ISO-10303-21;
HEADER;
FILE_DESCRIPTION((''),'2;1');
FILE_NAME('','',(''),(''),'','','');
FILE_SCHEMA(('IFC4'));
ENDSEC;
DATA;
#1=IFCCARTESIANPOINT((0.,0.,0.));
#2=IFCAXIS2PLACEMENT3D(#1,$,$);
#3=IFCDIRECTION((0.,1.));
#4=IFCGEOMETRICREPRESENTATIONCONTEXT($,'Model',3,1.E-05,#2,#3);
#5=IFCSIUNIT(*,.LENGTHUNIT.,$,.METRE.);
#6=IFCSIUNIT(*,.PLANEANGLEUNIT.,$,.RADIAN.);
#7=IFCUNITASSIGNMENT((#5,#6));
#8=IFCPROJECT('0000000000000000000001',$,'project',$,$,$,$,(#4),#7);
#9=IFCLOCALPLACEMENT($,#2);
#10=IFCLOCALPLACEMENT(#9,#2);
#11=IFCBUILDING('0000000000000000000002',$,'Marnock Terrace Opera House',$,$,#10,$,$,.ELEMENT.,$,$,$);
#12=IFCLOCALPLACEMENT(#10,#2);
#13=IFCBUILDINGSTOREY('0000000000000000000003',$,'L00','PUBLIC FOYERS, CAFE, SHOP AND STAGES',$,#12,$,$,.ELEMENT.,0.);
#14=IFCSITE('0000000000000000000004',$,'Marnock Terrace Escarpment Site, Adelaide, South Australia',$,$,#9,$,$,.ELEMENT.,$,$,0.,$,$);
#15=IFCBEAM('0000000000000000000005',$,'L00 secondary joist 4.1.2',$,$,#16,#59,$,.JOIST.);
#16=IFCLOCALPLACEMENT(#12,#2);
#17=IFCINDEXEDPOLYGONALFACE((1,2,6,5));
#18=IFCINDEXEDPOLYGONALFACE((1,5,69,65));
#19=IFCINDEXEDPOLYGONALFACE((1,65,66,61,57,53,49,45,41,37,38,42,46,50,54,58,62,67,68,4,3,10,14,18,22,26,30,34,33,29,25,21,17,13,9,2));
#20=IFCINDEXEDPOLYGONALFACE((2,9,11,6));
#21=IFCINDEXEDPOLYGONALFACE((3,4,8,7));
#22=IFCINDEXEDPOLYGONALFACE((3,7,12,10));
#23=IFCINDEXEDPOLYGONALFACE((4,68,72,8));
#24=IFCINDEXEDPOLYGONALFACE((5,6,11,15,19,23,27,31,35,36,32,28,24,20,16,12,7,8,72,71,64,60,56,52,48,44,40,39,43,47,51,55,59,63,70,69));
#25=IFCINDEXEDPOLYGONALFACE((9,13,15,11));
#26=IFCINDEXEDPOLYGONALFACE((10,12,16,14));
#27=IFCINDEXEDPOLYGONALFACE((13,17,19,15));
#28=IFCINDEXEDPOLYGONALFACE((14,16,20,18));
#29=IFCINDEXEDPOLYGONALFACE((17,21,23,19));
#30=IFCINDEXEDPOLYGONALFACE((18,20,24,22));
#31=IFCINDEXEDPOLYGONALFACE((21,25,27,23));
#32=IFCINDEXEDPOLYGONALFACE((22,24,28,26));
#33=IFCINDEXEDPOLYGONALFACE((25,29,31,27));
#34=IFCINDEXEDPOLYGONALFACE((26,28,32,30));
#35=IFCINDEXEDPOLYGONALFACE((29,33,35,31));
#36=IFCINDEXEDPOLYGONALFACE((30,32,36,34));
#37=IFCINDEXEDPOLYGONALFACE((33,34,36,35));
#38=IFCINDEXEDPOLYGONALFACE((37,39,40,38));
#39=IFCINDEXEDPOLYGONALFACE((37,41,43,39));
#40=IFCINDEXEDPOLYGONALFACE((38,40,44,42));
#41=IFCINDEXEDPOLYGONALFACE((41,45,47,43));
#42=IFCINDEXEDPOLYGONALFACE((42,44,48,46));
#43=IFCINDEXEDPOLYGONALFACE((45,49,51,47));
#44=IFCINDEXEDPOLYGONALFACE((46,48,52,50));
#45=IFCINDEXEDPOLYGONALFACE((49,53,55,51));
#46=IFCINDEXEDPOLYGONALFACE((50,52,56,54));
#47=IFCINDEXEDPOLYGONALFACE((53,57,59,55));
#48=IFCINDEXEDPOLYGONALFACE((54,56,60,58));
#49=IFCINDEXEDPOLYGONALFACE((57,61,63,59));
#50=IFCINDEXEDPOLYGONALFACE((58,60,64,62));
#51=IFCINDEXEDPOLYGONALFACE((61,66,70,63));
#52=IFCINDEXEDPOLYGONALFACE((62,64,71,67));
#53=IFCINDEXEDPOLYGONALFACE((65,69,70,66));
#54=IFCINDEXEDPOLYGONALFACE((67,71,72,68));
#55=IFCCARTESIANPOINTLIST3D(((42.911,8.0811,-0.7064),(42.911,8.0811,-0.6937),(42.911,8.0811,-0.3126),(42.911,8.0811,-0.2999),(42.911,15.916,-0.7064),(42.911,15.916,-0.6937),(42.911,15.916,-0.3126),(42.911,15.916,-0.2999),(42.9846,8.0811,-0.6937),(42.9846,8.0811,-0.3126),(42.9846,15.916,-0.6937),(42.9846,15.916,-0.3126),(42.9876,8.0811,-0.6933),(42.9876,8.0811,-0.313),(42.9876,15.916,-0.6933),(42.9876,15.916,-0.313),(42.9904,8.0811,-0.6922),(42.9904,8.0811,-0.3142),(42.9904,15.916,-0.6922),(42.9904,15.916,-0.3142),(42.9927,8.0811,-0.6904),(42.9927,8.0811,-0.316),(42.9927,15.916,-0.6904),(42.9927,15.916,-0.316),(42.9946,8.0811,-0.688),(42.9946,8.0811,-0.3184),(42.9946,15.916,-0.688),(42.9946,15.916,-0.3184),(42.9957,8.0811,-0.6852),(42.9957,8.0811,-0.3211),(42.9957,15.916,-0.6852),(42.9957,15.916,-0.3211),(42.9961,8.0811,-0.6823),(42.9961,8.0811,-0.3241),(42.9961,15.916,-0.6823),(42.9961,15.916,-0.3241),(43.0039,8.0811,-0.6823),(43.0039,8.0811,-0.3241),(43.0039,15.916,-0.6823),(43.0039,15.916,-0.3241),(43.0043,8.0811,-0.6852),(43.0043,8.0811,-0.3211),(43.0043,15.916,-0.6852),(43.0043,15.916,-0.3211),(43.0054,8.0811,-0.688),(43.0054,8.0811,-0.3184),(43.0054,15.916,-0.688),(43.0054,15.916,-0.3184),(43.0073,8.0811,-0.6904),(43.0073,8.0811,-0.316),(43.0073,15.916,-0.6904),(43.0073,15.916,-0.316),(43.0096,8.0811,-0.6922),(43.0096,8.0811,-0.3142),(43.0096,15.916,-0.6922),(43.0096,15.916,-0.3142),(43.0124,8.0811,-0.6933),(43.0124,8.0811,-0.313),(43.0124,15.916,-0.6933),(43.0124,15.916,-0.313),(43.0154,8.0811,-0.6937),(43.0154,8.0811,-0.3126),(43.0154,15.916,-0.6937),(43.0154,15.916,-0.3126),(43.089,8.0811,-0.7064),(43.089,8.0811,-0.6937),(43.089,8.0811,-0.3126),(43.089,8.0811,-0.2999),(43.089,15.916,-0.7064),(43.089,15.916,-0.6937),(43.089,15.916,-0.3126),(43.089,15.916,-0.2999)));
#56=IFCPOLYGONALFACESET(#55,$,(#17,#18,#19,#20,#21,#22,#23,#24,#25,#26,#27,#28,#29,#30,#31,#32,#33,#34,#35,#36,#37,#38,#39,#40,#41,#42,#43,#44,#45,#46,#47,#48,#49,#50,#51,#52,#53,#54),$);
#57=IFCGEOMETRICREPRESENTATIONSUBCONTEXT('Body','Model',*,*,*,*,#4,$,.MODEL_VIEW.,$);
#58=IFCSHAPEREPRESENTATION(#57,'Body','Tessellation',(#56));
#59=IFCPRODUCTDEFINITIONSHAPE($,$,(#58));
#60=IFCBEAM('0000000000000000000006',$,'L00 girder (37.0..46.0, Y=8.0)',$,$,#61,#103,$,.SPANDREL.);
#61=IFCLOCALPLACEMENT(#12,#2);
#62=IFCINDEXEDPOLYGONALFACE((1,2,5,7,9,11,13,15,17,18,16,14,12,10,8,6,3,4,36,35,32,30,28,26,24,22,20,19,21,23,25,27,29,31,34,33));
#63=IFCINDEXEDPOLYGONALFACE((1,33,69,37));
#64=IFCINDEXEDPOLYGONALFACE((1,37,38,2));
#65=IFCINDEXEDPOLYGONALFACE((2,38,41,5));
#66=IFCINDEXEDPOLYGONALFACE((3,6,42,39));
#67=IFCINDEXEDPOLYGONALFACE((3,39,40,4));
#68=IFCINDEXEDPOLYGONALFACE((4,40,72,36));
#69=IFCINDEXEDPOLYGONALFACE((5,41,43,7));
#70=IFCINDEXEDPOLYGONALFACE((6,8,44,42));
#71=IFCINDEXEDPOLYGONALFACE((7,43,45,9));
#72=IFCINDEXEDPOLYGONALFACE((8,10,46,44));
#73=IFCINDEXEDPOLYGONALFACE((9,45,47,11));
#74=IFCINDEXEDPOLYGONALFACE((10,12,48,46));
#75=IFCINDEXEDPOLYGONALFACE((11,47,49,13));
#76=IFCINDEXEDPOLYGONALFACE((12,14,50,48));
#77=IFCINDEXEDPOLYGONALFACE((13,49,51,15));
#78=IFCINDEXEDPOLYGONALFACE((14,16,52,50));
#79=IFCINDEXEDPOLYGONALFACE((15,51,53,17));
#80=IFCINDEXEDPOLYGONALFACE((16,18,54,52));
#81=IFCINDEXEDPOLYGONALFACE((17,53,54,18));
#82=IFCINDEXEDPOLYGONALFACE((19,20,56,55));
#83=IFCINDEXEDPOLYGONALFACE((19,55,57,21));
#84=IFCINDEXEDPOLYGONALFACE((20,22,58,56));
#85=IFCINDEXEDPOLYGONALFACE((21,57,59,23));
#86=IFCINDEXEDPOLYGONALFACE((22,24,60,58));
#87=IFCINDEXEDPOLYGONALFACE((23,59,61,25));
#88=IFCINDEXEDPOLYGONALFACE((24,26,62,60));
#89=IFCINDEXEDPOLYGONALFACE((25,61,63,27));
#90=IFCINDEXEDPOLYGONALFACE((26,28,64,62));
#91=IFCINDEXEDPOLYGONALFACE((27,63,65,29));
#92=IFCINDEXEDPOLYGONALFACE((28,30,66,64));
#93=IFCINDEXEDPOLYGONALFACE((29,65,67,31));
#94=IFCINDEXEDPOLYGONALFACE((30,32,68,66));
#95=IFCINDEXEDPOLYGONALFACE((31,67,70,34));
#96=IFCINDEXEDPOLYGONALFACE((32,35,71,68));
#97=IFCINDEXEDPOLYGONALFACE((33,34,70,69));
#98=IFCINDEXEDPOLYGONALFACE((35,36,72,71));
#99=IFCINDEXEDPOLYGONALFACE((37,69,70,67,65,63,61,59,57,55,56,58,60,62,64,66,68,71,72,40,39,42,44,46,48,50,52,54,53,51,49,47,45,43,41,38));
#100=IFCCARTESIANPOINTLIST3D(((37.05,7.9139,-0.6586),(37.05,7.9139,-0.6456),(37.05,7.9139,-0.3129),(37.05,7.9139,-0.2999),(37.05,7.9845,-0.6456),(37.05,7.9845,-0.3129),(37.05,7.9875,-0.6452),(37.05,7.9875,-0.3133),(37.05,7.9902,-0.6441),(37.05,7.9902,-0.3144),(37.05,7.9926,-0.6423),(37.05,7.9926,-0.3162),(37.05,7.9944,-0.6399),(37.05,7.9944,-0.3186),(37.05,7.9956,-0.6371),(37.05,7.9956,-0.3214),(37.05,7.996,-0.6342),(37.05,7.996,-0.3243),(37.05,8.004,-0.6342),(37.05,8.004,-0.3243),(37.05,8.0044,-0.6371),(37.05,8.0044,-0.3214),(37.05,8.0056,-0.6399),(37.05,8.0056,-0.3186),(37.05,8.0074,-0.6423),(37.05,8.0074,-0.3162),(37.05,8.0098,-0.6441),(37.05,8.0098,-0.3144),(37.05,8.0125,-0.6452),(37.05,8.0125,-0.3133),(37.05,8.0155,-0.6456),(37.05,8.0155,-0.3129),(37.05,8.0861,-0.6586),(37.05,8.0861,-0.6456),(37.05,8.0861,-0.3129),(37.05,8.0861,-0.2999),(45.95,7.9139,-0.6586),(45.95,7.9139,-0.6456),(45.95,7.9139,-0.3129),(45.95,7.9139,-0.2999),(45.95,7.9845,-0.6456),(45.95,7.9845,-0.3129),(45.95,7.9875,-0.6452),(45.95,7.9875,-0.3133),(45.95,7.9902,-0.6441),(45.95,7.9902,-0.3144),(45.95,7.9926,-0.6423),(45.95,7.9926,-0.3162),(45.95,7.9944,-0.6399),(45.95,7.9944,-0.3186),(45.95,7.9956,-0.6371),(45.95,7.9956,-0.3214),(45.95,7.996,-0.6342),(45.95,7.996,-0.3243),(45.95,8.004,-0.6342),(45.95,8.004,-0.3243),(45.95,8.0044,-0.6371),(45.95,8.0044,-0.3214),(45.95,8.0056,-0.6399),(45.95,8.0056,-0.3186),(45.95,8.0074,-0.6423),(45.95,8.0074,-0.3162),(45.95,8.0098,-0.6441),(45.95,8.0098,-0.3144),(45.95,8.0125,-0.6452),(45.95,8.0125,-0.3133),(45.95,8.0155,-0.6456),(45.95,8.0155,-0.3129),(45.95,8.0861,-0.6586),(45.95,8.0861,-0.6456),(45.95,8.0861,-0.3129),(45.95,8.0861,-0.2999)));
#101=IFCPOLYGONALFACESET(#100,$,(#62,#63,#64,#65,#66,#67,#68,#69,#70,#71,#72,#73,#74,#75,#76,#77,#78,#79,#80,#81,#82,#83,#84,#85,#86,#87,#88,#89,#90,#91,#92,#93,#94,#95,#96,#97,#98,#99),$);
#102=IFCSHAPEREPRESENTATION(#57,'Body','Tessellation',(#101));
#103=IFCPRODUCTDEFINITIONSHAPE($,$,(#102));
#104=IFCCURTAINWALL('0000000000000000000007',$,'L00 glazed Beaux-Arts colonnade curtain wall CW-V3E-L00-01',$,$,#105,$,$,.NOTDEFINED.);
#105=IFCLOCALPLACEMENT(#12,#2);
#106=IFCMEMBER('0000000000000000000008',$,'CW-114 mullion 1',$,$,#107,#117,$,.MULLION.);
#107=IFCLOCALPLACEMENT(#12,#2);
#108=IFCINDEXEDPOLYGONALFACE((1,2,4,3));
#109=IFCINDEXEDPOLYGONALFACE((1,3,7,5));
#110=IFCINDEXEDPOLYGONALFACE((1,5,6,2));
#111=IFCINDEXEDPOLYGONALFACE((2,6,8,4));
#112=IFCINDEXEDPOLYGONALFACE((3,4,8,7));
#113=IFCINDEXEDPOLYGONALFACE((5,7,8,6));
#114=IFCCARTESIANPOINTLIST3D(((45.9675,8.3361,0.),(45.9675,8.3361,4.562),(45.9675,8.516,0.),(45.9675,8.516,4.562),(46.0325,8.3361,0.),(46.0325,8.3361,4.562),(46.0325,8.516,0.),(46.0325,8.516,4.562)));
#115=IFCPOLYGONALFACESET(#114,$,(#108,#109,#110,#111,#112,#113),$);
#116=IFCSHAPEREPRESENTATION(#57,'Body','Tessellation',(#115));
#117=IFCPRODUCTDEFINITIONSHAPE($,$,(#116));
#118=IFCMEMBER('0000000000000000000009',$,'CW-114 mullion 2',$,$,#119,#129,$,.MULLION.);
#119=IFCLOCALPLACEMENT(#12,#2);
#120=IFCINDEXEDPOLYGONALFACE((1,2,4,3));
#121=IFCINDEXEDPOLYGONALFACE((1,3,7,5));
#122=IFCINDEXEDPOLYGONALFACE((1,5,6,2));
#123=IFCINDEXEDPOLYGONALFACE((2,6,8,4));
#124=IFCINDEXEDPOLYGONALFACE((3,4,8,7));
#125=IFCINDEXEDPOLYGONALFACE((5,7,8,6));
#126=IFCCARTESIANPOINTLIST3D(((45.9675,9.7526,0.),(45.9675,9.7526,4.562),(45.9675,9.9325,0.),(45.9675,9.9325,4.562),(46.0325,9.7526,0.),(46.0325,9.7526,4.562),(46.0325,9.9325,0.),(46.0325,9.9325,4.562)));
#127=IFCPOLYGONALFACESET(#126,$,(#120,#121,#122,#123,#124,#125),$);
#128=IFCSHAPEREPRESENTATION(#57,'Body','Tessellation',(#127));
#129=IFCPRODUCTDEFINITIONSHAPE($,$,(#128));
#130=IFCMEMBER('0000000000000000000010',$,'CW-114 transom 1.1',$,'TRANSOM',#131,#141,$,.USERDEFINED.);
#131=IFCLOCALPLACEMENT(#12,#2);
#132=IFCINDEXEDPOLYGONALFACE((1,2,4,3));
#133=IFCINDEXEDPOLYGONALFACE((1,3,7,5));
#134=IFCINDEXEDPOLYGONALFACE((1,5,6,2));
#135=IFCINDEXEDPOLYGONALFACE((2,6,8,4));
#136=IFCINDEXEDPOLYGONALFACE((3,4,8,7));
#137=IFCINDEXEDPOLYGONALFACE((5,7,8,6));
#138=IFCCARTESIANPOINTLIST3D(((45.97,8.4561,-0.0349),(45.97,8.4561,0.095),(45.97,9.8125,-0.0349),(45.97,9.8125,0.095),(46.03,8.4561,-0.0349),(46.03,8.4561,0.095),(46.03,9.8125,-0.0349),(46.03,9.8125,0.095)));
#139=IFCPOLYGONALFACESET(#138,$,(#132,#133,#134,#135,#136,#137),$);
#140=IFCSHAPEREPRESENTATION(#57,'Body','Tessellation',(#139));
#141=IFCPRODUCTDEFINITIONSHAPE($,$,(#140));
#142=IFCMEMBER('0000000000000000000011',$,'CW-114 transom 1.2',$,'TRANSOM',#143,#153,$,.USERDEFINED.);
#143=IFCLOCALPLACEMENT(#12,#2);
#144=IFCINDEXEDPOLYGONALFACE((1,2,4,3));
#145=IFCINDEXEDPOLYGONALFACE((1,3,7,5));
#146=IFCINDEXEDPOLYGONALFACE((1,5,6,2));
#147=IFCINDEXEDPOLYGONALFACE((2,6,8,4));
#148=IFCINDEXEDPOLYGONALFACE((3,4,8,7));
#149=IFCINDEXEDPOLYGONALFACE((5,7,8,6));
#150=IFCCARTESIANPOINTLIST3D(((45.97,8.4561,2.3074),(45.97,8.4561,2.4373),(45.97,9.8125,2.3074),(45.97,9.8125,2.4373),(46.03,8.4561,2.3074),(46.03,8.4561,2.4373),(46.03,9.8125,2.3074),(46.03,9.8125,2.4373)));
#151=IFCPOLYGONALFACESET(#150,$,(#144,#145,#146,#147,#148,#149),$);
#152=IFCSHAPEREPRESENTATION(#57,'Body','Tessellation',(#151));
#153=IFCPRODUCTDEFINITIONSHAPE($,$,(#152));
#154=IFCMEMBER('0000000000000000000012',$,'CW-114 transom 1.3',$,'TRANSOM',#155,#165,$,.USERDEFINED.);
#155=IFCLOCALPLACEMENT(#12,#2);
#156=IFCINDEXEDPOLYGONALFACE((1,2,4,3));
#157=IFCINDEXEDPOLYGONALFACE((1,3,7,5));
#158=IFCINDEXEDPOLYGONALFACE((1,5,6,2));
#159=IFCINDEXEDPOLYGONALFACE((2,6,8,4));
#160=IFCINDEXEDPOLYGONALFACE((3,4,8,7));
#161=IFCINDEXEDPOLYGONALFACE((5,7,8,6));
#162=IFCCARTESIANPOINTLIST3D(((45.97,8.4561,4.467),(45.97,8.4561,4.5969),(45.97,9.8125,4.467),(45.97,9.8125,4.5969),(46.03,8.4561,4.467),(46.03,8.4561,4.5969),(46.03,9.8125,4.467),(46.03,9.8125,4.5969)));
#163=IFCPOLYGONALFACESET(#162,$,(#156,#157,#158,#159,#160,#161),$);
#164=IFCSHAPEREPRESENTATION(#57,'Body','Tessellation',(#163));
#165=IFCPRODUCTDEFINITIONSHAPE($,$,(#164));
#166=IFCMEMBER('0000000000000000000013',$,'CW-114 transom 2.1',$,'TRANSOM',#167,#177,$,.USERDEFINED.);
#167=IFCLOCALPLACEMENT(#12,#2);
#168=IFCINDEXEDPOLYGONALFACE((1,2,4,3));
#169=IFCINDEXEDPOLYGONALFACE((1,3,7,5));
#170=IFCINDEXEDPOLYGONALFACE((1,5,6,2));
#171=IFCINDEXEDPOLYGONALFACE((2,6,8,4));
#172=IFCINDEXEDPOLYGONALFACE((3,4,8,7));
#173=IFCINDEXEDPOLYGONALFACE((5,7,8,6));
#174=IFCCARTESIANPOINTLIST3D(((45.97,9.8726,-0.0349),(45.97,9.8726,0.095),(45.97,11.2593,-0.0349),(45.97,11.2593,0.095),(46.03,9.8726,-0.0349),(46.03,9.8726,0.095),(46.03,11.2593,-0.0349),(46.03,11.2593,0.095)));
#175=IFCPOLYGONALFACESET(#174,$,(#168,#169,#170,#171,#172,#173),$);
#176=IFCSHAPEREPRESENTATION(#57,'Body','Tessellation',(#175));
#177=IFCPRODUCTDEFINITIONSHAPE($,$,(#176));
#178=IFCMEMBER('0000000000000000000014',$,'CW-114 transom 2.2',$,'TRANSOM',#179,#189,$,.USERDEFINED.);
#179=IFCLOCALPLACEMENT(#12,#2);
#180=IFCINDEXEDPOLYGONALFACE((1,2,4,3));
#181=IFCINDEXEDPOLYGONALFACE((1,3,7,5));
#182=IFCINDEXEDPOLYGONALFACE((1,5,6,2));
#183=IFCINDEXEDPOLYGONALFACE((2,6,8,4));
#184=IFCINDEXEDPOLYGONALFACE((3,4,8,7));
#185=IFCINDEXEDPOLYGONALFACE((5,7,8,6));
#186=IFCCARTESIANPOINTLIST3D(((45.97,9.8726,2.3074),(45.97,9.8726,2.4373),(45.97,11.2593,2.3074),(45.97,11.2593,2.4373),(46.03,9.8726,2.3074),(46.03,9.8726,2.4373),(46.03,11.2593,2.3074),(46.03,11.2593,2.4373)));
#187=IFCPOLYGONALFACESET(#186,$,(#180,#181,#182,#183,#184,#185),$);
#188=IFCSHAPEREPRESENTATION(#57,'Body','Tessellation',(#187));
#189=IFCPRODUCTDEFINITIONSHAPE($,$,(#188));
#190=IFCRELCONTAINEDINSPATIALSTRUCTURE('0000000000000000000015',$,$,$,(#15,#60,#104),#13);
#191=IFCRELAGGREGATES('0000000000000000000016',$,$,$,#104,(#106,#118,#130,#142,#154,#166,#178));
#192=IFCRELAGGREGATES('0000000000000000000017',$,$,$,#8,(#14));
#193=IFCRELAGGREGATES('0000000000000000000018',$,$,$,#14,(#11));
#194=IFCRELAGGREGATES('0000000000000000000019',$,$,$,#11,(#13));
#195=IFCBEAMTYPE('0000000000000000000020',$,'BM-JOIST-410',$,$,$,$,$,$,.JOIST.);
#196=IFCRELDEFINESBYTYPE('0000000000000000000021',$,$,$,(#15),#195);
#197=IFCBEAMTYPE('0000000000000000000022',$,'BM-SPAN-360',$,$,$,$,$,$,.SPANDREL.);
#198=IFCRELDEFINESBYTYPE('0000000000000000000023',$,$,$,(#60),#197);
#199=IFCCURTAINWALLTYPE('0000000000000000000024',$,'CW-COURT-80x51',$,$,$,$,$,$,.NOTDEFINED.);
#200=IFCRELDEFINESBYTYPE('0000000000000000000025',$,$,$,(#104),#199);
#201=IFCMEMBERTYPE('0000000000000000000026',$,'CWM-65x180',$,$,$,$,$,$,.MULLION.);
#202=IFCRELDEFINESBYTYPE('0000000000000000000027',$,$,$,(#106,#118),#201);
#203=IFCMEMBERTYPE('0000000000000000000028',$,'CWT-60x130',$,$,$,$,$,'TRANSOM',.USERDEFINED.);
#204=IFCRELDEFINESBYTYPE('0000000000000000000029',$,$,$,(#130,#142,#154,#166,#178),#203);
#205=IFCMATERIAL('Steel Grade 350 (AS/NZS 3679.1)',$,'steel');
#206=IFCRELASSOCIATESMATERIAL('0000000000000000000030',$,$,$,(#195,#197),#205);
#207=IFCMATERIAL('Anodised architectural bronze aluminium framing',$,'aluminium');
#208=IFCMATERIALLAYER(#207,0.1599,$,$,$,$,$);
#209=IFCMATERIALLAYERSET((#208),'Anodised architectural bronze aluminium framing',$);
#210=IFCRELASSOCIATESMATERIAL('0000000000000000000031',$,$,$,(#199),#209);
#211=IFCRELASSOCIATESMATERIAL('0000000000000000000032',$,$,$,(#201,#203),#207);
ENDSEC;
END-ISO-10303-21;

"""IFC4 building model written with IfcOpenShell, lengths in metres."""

from ifc_helpers import new_model, si_unit, direction, frame, origin, origin_2d, place, context, subcontext, project, spatial, rectangle, i_section, extrude, material, layer, layer_set, material_profile, profile_set, type_object, element, aggregate, save


model = new_model("IFC4")

# Units and contexts
model_context = context("Model", 3, precision=1e-05, world=origin(), true_north=direction((0.0, 1.0)))
body_context = subcontext(model_context, "Body", "Model", "MODEL_VIEW")
ifc_project = project(units=[si_unit("LENGTHUNIT", "METRE"), si_unit("PLANEANGLEUNIT", "RADIAN")], contexts=[model_context])

# Site, building, storey
site_placement = place(None, origin())
site = spatial("IfcSite", under=ifc_project, at=site_placement, Name="Marnock Terrace Escarpment Site, Adelaide, South Australia", CompositionType="ELEMENT", RefElevation=0.0)
building_placement = place(site_placement, origin())
building = spatial("IfcBuilding", under=site, at=building_placement, Name="Marnock Terrace Opera House", CompositionType="ELEMENT")
storey_placement = place(building_placement, origin())
storey = spatial("IfcBuildingStorey", under=building, at=storey_placement, Name="L00", Description="PUBLIC FOYERS, CAFE, SHOP AND STAGES", CompositionType="ELEMENT", Elevation=0.0)

# Beams
ifc_material_1 = material(Name="Steel Grade 350 (AS/NZS 3679.1)", Category="steel")
ifc_material_profile_1 = material_profile(ifc_material_1, i_section(OverallWidth=0.178, OverallDepth=0.4065, WebThickness=0.0078, FlangeThickness=0.0127, FilletRadius=0.0115, at=origin_2d()))
ifc_profile_set_1 = profile_set([ifc_material_profile_1], Name="Steel Grade 350 (AS/NZS 3679.1)")
beam_type_1 = type_object("IfcBeamType", Name="BM-JOIST-410", PredefinedType="JOIST", material=ifc_profile_set_1)
for number, where, z_axis, x_axis, name in (
    (1, (43.0, 8.0811, -0.5032), (0.0, 1.0, 0.0), (-1.0, 0.0, 0.0), "L00 secondary joist 4.1.2"),
):
    element("IfcBeam", number, at=place(storey_placement, frame(where, z_axis=z_axis, x_axis=x_axis)), inside=storey, type_object=beam_type_1, Name=name, PredefinedType="JOIST", context=body_context, shape_type="SweptSolid", body=[
        extrude(i_section(OverallWidth=0.178, OverallDepth=0.4065, WebThickness=0.0078, FlangeThickness=0.0127, FilletRadius=0.0115, at=origin_2d()), origin(), (0.0, 0.0, 1.0), 7.835),
    ])
ifc_material_profile_2 = material_profile(ifc_material_1, i_section(OverallWidth=0.1721, OverallDepth=0.3586, WebThickness=0.0081, FlangeThickness=0.0129, FilletRadius=0.0115, at=origin_2d()))
ifc_profile_set_2 = profile_set([ifc_material_profile_2], Name="Steel Grade 350 (AS/NZS 3679.1)")
beam_type_2 = type_object("IfcBeamType", Name="BM-SPAN-360", PredefinedType="SPANDREL", material=ifc_profile_set_2)
beam_1_placement = place(storey_placement, frame((37.05, 8.0, -0.4792), z_axis=(1.0, 0.0, 0.0), x_axis=(0.0, 1.0, 0.0)))
element("IfcBeam", 2, at=beam_1_placement, inside=storey, type_object=beam_type_2, Name="L00 girder (37.0..46.0, Y=8.0)", PredefinedType="SPANDREL", context=body_context, shape_type="SweptSolid", body=[
    extrude(i_section(OverallWidth=0.1721, OverallDepth=0.3586, WebThickness=0.0081, FlangeThickness=0.0129, FilletRadius=0.0115, at=origin_2d()), origin(), (0.0, 0.0, 1.0), 8.8999),
])

# Curtain wall, members
ifc_material_2 = material(Name="Anodised architectural bronze aluminium framing", Category="aluminium")
ifc_layer_1 = layer(ifc_material_2, 0.1599)
ifc_layer_set_1 = layer_set([ifc_layer_1], Name="Anodised architectural bronze aluminium framing")
curtain_wall_type = type_object("IfcCurtainWallType", Name="CW-COURT-80x51", PredefinedType="NOTDEFINED", material=ifc_layer_set_1)
curtain_wall_placement = place(storey_placement, origin())
curtain_wall = element("IfcCurtainWall", 3, at=curtain_wall_placement, inside=storey, type_object=curtain_wall_type, Name="L00 glazed Beaux-Arts colonnade curtain wall CW-V3E-L00-01", PredefinedType="NOTDEFINED")
ifc_material_profile_3 = material_profile(ifc_material_2, rectangle(XDim=0.0649, YDim=0.1799, at=origin_2d()))
ifc_profile_set_3 = profile_set([ifc_material_profile_3], Name="Anodised architectural bronze aluminium framing")
member_type_1 = type_object("IfcMemberType", Name="CWM-65x180", PredefinedType="MULLION", material=ifc_profile_set_3)
member_1_placement = place(storey_placement, frame((46.0, 8.426, 0.0), z_axis=(0.0, 0.0, 1.0), x_axis=(-1.0, 0.0, 0.0)))
member_1 = element("IfcMember", 4, at=member_1_placement, type_object=member_type_1, Name="CW-114 mullion 1", PredefinedType="MULLION", context=body_context, shape_type="SweptSolid", body=[
    extrude(rectangle(XDim=0.0649, YDim=0.1799, at=origin_2d()), origin(), (0.0, 0.0, 1.0), 4.562),
])
member_2_placement = place(storey_placement, frame((46.0, 9.8425, 0.0), z_axis=(0.0, 0.0, 1.0), x_axis=(-1.0, 0.0, 0.0)))
member_2 = element("IfcMember", 5, at=member_2_placement, type_object=member_type_1, Name="CW-114 mullion 2", PredefinedType="MULLION", context=body_context, shape_type="SweptSolid", body=[
    extrude(rectangle(XDim=0.0649, YDim=0.1799, at=origin_2d()), origin(), (0.0, 0.0, 1.0), 4.562),
])
ifc_material_profile_4 = material_profile(ifc_material_2, rectangle(XDim=0.0601, YDim=0.1299, at=origin_2d()))
ifc_profile_set_4 = profile_set([ifc_material_profile_4], Name="Anodised architectural bronze aluminium framing")
member_type_2 = type_object("IfcMemberType", Name="CWT-60x130", ElementType="TRANSOM", PredefinedType="USERDEFINED", material=ifc_profile_set_4)
member_3_placement = place(storey_placement, frame((46.0, 8.4561, 0.03), z_axis=(0.0, 1.0, 0.0), x_axis=(-1.0, 0.0, 0.0)))
member_3 = element("IfcMember", 6, at=member_3_placement, type_object=member_type_2, Name="CW-114 transom 1.1", ObjectType="TRANSOM", PredefinedType="USERDEFINED", context=body_context, shape_type="SweptSolid", body=[
    extrude(rectangle(XDim=0.0601, YDim=0.1299, at=origin_2d()), origin(), (0.0, 0.0, 1.0), 1.3564),
])
member_4_placement = place(storey_placement, frame((46.0, 8.4561, 2.3723), z_axis=(0.0, 1.0, 0.0), x_axis=(-1.0, 0.0, 0.0)))
member_4 = element("IfcMember", 7, at=member_4_placement, type_object=member_type_2, Name="CW-114 transom 1.2", ObjectType="TRANSOM", PredefinedType="USERDEFINED", context=body_context, shape_type="SweptSolid", body=[
    extrude(rectangle(XDim=0.0601, YDim=0.1299, at=origin_2d()), origin(), (0.0, 0.0, 1.0), 1.3564),
])
member_5_placement = place(storey_placement, frame((46.0, 8.4561, 4.532), z_axis=(0.0, 1.0, 0.0), x_axis=(-1.0, 0.0, 0.0)))
member_5 = element("IfcMember", 8, at=member_5_placement, type_object=member_type_2, Name="CW-114 transom 1.3", ObjectType="TRANSOM", PredefinedType="USERDEFINED", context=body_context, shape_type="SweptSolid", body=[
    extrude(rectangle(XDim=0.0601, YDim=0.1299, at=origin_2d()), origin(), (0.0, 0.0, 1.0), 1.3564),
])
member_6_placement = place(storey_placement, frame((46.0, 9.8726, 0.03), z_axis=(0.0, 1.0, 0.0), x_axis=(-1.0, 0.0, 0.0)))
member_6 = element("IfcMember", 9, at=member_6_placement, type_object=member_type_2, Name="CW-114 transom 2.1", ObjectType="TRANSOM", PredefinedType="USERDEFINED", context=body_context, shape_type="SweptSolid", body=[
    extrude(rectangle(XDim=0.0601, YDim=0.1299, at=origin_2d()), origin(), (0.0, 0.0, 1.0), 1.3867),
])
member_7_placement = place(storey_placement, frame((46.0, 9.8726, 2.3723), z_axis=(0.0, 1.0, 0.0), x_axis=(-1.0, 0.0, 0.0)))
member_7 = element("IfcMember", 10, at=member_7_placement, type_object=member_type_2, Name="CW-114 transom 2.2", ObjectType="TRANSOM", PredefinedType="USERDEFINED", context=body_context, shape_type="SweptSolid", body=[
    extrude(rectangle(XDim=0.0601, YDim=0.1299, at=origin_2d()), origin(), (0.0, 0.0, 1.0), 1.3867),
])
aggregate(curtain_wall, [member_1, member_2, member_3, member_4, member_5, member_6, member_7])

save(model, "model.ifc")
